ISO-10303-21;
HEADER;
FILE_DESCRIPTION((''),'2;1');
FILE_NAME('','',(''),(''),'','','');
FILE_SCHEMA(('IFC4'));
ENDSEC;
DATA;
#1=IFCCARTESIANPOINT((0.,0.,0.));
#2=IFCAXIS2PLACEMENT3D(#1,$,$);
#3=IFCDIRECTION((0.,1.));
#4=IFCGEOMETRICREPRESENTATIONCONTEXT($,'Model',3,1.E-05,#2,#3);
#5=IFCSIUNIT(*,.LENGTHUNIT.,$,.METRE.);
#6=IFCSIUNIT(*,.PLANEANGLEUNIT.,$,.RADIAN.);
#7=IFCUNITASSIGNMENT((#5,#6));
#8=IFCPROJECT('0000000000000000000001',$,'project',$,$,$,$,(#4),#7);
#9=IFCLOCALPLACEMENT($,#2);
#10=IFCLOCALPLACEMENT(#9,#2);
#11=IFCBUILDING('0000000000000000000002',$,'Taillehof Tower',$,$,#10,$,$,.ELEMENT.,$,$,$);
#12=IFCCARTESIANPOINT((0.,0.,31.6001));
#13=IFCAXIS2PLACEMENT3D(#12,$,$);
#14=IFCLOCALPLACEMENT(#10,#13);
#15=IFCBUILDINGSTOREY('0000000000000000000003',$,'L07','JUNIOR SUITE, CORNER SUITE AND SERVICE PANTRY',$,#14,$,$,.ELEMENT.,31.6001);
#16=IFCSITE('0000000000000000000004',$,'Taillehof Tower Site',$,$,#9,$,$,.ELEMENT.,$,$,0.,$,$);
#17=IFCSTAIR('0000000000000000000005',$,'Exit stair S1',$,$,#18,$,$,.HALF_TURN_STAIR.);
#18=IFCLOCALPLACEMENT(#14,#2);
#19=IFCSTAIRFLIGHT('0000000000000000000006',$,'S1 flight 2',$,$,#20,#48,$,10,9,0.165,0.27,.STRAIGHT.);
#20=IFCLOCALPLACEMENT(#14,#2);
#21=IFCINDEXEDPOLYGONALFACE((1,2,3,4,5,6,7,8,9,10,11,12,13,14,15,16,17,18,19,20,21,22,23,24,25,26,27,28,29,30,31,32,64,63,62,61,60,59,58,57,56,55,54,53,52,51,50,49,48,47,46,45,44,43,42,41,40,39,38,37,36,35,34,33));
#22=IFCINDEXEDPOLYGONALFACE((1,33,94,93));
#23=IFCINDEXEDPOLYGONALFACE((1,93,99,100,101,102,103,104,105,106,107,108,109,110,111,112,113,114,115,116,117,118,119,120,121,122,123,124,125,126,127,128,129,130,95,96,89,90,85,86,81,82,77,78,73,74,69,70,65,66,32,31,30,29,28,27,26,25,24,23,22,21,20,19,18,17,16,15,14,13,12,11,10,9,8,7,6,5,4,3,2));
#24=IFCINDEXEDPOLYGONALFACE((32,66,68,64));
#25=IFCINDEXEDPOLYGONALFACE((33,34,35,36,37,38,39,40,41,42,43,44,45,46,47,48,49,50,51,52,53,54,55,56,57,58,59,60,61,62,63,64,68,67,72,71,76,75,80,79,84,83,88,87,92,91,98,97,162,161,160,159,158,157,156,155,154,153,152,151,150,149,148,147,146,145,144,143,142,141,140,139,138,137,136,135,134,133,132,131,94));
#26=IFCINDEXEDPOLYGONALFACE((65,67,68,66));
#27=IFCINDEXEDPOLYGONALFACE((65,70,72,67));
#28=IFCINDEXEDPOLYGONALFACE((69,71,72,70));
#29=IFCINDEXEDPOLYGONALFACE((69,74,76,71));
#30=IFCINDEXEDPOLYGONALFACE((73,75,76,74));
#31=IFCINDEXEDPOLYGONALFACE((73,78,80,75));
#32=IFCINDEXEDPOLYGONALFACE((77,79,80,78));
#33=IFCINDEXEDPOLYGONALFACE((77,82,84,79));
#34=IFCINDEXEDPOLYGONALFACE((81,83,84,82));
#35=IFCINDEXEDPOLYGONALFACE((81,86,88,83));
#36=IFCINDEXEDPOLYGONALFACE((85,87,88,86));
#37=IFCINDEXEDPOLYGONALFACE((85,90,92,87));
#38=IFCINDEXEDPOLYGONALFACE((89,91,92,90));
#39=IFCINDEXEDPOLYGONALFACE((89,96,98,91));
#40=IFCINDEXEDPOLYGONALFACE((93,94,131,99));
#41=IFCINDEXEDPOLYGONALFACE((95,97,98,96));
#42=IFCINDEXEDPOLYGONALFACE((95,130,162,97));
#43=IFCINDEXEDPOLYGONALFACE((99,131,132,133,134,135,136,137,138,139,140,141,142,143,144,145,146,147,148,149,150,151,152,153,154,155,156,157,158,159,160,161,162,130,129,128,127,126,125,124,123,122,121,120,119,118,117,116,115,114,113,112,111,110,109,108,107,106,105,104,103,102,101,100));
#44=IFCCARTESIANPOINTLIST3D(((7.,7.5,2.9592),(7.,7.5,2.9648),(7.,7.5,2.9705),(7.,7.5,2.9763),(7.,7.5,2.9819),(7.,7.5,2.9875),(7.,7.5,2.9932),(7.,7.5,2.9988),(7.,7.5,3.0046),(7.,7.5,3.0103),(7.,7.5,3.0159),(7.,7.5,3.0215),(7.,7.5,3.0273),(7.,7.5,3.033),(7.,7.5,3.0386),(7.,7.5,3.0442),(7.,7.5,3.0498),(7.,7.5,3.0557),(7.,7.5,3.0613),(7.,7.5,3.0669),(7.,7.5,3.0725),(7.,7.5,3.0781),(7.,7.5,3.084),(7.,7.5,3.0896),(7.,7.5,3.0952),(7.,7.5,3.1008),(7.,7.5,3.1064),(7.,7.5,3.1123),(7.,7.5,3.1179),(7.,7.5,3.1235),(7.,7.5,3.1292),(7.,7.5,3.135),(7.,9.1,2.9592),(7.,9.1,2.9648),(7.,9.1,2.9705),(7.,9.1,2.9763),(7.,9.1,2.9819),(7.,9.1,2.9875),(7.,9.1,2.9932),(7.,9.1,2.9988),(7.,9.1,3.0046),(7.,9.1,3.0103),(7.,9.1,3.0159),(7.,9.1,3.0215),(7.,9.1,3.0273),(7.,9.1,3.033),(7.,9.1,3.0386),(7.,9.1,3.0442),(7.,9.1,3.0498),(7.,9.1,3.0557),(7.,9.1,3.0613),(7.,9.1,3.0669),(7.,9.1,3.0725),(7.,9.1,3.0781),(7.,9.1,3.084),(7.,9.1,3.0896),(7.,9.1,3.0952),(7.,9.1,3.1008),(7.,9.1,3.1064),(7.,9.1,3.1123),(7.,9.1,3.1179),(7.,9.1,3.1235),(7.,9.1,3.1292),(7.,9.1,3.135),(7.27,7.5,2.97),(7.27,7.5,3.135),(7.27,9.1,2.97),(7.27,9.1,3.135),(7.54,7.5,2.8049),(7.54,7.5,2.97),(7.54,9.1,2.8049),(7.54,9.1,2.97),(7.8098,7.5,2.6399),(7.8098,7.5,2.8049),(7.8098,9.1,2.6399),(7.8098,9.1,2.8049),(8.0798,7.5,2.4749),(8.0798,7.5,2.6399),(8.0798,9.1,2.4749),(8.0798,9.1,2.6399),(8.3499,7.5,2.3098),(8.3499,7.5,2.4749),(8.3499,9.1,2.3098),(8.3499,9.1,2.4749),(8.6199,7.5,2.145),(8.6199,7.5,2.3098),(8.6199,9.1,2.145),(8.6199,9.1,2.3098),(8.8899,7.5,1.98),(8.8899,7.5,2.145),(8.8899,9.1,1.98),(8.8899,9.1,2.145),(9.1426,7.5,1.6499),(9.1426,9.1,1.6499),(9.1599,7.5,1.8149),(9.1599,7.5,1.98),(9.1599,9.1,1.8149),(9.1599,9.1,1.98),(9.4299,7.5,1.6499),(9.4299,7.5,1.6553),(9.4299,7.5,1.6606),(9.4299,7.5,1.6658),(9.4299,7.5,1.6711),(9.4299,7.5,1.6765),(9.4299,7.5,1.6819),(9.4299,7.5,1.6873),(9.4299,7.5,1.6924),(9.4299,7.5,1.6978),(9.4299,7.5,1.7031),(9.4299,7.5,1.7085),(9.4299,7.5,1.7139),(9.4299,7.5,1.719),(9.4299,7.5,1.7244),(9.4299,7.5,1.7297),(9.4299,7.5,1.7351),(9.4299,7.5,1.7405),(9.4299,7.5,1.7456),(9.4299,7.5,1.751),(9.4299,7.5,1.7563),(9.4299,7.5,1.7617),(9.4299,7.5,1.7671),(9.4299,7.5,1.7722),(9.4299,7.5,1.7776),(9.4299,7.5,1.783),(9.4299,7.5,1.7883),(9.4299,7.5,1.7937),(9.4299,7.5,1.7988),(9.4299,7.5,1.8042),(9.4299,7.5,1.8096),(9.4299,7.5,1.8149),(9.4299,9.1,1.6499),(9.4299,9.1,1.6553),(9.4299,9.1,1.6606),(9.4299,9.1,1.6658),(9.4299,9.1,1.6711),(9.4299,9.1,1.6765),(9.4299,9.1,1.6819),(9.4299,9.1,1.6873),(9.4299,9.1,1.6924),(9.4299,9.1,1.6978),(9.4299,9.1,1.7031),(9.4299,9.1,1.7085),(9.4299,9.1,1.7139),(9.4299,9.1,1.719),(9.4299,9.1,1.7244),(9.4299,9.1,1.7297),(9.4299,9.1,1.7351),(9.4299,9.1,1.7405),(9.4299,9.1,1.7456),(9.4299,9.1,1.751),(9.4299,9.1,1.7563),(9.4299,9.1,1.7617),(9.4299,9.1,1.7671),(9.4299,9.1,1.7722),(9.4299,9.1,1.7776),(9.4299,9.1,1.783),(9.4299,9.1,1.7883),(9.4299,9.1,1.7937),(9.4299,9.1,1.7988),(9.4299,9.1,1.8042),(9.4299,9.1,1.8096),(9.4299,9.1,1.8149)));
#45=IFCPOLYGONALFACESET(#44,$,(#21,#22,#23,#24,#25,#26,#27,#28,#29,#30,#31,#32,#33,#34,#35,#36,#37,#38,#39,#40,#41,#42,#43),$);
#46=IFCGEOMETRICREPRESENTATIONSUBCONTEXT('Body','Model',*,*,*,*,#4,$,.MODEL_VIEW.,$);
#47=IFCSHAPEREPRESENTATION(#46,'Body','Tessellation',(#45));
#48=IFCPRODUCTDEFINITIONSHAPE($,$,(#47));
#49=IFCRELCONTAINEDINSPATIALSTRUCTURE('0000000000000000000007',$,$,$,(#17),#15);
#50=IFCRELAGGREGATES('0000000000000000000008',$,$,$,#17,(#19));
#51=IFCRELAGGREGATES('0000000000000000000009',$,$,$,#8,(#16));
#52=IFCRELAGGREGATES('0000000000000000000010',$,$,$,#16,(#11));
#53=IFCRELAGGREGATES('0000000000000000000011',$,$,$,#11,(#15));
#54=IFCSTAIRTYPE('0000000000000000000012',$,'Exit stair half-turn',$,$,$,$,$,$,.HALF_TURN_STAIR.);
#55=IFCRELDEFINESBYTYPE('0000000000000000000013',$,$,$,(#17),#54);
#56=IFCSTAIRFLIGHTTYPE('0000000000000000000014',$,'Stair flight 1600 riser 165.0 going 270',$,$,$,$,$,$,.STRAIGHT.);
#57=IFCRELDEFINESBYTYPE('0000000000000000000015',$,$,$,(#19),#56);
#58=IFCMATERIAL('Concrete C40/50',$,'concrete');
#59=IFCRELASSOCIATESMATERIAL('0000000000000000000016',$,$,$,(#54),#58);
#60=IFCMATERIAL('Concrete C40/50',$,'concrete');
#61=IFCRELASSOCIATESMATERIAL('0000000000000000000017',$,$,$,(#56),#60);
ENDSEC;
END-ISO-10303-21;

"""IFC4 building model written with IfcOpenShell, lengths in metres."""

from ifc_helpers import new_model, si_unit, direction, frame, origin, place, context, subcontext, project, spatial, polyline, outline, extrude, material, type_object, element, aggregate, save


model = new_model("IFC4")

# Units and contexts
model_context = context("Model", 3, precision=1e-05, world=origin(), true_north=direction((0.0, 1.0)))
body_context = subcontext(model_context, "Body", "Model", "MODEL_VIEW")
ifc_project = project(units=[si_unit("LENGTHUNIT", "METRE"), si_unit("PLANEANGLEUNIT", "RADIAN")], contexts=[model_context])

# Site, building, storey
site_placement = place(None, origin())
site = spatial("IfcSite", under=ifc_project, at=site_placement, Name="Taillehof Tower Site", CompositionType="ELEMENT", RefElevation=0.0)
building_placement = place(site_placement, origin())
building = spatial("IfcBuilding", under=site, at=building_placement, Name="Taillehof Tower", CompositionType="ELEMENT")
storey_placement = place(building_placement, frame((0.0, 0.0, 31.6001)))
storey = spatial("IfcBuildingStorey", under=building, at=storey_placement, Name="L07", Description="JUNIOR SUITE, CORNER SUITE AND SERVICE PANTRY", CompositionType="ELEMENT", Elevation=31.6001)

# Stair, stair flight
ifc_material_1 = material(Name="Concrete C40/50", Category="concrete")
stair_type = type_object("IfcStairType", Name="Exit stair half-turn", PredefinedType="HALF_TURN_STAIR", material=ifc_material_1)
stair_placement = place(storey_placement, origin())
stair = element("IfcStair", 1, at=stair_placement, inside=storey, type_object=stair_type, Name="Exit stair S1", PredefinedType="HALF_TURN_STAIR")
ifc_material_2 = material(Name="Concrete C40/50", Category="concrete")
stair_flight_type = type_object("IfcStairFlightType", Name="Stair flight 1600 riser 165.0 going 270", PredefinedType="STRAIGHT", material=ifc_material_2)
stair_flight_placement = place(storey_placement, frame((9.4299, 8.3, 1.6499), z_axis=(0.0, 0.0, 1.0), x_axis=(-1.0, 0.0, 0.0)))
stair_flight = element("IfcStairFlight", 2, at=stair_flight_placement, type_object=stair_flight_type, Name="S1 flight 2", NumberOfRisers=10, NumberOfTreads=9, PredefinedType="STRAIGHT", RiserHeight=0.165, TreadLength=0.27, context=body_context, shape_type="SweptSolid", body=[
    extrude(outline(polyline([(0.0, 0.0), (0.0, 0.0054), (0.0, 0.0107), (0.0, 0.0159), (0.0, 0.0212), (0.0, 0.0266), (0.0, 0.032), (0.0, 0.0374), (0.0, 0.0425), (0.0, 0.0479), (0.0, 0.0532), (0.0, 0.0586), (0.0, 0.064), (0.0, 0.0691), (0.0, 0.0745), (0.0, 0.0798), (0.0, 0.0852), (0.0, 0.0906), (0.0, 0.0957), (0.0, 0.1011), (0.0, 0.1064), (0.0, 0.1118), (0.0, 0.1172), (0.0, 0.1223), (0.0, 0.1277), (0.0, 0.1331), (0.0, 0.1384), (0.0, 0.1438), (0.0, 0.1489), (0.0, 0.1543), (0.0, 0.1597), (0.0, 0.165), (0.27, 0.165), (0.27, 0.3301), (0.54, 0.3301), (0.54, 0.4951), (0.8101, 0.4951), (0.8101, 0.6599), (1.0801, 0.6599), (1.0801, 0.825), (1.3501, 0.825), (1.3501, 0.99), (1.6201, 0.99), (1.6201, 1.155), (1.8899, 1.155), (1.8899, 1.3201), (2.1599, 1.3201), (2.1599, 1.4851), (2.4299, 1.4851), (2.4299, 1.4792), (2.4299, 1.4736), (2.4299, 1.468), (2.4299, 1.4624), (2.4299, 1.4565), (2.4299, 1.4509), (2.4299, 1.4453), (2.4299, 1.4397), (2.4299, 1.4341), (2.4299, 1.4282), (2.4299, 1.4226), (2.4299, 1.417), (2.4299, 1.4114), (2.4299, 1.4058), (2.4299, 1.3999), (2.4299, 1.3943), (2.4299, 1.3887), (2.4299, 1.3831), (2.4299, 1.3774), (2.4299, 1.3716), (2.4299, 1.366), (2.4299, 1.3604), (2.4299, 1.3547), (2.4299, 1.3489), (2.4299, 1.3433), (2.4299, 1.3376), (2.4299, 1.332), (2.4299, 1.3264), (2.4299, 1.3206), (2.4299, 1.3149), (2.4299, 1.3093), (0.2874, 0.0), (0.0, 0.0)])), frame((0.0, 0.8, 0.0), z_axis=(0.0, -1.0, 0.0), x_axis=(1.0, 0.0, 0.0)), (0.0, 0.0, 1.0), 1.6),
])
aggregate(stair, [stair_flight])

save(model, "model.ifc")
